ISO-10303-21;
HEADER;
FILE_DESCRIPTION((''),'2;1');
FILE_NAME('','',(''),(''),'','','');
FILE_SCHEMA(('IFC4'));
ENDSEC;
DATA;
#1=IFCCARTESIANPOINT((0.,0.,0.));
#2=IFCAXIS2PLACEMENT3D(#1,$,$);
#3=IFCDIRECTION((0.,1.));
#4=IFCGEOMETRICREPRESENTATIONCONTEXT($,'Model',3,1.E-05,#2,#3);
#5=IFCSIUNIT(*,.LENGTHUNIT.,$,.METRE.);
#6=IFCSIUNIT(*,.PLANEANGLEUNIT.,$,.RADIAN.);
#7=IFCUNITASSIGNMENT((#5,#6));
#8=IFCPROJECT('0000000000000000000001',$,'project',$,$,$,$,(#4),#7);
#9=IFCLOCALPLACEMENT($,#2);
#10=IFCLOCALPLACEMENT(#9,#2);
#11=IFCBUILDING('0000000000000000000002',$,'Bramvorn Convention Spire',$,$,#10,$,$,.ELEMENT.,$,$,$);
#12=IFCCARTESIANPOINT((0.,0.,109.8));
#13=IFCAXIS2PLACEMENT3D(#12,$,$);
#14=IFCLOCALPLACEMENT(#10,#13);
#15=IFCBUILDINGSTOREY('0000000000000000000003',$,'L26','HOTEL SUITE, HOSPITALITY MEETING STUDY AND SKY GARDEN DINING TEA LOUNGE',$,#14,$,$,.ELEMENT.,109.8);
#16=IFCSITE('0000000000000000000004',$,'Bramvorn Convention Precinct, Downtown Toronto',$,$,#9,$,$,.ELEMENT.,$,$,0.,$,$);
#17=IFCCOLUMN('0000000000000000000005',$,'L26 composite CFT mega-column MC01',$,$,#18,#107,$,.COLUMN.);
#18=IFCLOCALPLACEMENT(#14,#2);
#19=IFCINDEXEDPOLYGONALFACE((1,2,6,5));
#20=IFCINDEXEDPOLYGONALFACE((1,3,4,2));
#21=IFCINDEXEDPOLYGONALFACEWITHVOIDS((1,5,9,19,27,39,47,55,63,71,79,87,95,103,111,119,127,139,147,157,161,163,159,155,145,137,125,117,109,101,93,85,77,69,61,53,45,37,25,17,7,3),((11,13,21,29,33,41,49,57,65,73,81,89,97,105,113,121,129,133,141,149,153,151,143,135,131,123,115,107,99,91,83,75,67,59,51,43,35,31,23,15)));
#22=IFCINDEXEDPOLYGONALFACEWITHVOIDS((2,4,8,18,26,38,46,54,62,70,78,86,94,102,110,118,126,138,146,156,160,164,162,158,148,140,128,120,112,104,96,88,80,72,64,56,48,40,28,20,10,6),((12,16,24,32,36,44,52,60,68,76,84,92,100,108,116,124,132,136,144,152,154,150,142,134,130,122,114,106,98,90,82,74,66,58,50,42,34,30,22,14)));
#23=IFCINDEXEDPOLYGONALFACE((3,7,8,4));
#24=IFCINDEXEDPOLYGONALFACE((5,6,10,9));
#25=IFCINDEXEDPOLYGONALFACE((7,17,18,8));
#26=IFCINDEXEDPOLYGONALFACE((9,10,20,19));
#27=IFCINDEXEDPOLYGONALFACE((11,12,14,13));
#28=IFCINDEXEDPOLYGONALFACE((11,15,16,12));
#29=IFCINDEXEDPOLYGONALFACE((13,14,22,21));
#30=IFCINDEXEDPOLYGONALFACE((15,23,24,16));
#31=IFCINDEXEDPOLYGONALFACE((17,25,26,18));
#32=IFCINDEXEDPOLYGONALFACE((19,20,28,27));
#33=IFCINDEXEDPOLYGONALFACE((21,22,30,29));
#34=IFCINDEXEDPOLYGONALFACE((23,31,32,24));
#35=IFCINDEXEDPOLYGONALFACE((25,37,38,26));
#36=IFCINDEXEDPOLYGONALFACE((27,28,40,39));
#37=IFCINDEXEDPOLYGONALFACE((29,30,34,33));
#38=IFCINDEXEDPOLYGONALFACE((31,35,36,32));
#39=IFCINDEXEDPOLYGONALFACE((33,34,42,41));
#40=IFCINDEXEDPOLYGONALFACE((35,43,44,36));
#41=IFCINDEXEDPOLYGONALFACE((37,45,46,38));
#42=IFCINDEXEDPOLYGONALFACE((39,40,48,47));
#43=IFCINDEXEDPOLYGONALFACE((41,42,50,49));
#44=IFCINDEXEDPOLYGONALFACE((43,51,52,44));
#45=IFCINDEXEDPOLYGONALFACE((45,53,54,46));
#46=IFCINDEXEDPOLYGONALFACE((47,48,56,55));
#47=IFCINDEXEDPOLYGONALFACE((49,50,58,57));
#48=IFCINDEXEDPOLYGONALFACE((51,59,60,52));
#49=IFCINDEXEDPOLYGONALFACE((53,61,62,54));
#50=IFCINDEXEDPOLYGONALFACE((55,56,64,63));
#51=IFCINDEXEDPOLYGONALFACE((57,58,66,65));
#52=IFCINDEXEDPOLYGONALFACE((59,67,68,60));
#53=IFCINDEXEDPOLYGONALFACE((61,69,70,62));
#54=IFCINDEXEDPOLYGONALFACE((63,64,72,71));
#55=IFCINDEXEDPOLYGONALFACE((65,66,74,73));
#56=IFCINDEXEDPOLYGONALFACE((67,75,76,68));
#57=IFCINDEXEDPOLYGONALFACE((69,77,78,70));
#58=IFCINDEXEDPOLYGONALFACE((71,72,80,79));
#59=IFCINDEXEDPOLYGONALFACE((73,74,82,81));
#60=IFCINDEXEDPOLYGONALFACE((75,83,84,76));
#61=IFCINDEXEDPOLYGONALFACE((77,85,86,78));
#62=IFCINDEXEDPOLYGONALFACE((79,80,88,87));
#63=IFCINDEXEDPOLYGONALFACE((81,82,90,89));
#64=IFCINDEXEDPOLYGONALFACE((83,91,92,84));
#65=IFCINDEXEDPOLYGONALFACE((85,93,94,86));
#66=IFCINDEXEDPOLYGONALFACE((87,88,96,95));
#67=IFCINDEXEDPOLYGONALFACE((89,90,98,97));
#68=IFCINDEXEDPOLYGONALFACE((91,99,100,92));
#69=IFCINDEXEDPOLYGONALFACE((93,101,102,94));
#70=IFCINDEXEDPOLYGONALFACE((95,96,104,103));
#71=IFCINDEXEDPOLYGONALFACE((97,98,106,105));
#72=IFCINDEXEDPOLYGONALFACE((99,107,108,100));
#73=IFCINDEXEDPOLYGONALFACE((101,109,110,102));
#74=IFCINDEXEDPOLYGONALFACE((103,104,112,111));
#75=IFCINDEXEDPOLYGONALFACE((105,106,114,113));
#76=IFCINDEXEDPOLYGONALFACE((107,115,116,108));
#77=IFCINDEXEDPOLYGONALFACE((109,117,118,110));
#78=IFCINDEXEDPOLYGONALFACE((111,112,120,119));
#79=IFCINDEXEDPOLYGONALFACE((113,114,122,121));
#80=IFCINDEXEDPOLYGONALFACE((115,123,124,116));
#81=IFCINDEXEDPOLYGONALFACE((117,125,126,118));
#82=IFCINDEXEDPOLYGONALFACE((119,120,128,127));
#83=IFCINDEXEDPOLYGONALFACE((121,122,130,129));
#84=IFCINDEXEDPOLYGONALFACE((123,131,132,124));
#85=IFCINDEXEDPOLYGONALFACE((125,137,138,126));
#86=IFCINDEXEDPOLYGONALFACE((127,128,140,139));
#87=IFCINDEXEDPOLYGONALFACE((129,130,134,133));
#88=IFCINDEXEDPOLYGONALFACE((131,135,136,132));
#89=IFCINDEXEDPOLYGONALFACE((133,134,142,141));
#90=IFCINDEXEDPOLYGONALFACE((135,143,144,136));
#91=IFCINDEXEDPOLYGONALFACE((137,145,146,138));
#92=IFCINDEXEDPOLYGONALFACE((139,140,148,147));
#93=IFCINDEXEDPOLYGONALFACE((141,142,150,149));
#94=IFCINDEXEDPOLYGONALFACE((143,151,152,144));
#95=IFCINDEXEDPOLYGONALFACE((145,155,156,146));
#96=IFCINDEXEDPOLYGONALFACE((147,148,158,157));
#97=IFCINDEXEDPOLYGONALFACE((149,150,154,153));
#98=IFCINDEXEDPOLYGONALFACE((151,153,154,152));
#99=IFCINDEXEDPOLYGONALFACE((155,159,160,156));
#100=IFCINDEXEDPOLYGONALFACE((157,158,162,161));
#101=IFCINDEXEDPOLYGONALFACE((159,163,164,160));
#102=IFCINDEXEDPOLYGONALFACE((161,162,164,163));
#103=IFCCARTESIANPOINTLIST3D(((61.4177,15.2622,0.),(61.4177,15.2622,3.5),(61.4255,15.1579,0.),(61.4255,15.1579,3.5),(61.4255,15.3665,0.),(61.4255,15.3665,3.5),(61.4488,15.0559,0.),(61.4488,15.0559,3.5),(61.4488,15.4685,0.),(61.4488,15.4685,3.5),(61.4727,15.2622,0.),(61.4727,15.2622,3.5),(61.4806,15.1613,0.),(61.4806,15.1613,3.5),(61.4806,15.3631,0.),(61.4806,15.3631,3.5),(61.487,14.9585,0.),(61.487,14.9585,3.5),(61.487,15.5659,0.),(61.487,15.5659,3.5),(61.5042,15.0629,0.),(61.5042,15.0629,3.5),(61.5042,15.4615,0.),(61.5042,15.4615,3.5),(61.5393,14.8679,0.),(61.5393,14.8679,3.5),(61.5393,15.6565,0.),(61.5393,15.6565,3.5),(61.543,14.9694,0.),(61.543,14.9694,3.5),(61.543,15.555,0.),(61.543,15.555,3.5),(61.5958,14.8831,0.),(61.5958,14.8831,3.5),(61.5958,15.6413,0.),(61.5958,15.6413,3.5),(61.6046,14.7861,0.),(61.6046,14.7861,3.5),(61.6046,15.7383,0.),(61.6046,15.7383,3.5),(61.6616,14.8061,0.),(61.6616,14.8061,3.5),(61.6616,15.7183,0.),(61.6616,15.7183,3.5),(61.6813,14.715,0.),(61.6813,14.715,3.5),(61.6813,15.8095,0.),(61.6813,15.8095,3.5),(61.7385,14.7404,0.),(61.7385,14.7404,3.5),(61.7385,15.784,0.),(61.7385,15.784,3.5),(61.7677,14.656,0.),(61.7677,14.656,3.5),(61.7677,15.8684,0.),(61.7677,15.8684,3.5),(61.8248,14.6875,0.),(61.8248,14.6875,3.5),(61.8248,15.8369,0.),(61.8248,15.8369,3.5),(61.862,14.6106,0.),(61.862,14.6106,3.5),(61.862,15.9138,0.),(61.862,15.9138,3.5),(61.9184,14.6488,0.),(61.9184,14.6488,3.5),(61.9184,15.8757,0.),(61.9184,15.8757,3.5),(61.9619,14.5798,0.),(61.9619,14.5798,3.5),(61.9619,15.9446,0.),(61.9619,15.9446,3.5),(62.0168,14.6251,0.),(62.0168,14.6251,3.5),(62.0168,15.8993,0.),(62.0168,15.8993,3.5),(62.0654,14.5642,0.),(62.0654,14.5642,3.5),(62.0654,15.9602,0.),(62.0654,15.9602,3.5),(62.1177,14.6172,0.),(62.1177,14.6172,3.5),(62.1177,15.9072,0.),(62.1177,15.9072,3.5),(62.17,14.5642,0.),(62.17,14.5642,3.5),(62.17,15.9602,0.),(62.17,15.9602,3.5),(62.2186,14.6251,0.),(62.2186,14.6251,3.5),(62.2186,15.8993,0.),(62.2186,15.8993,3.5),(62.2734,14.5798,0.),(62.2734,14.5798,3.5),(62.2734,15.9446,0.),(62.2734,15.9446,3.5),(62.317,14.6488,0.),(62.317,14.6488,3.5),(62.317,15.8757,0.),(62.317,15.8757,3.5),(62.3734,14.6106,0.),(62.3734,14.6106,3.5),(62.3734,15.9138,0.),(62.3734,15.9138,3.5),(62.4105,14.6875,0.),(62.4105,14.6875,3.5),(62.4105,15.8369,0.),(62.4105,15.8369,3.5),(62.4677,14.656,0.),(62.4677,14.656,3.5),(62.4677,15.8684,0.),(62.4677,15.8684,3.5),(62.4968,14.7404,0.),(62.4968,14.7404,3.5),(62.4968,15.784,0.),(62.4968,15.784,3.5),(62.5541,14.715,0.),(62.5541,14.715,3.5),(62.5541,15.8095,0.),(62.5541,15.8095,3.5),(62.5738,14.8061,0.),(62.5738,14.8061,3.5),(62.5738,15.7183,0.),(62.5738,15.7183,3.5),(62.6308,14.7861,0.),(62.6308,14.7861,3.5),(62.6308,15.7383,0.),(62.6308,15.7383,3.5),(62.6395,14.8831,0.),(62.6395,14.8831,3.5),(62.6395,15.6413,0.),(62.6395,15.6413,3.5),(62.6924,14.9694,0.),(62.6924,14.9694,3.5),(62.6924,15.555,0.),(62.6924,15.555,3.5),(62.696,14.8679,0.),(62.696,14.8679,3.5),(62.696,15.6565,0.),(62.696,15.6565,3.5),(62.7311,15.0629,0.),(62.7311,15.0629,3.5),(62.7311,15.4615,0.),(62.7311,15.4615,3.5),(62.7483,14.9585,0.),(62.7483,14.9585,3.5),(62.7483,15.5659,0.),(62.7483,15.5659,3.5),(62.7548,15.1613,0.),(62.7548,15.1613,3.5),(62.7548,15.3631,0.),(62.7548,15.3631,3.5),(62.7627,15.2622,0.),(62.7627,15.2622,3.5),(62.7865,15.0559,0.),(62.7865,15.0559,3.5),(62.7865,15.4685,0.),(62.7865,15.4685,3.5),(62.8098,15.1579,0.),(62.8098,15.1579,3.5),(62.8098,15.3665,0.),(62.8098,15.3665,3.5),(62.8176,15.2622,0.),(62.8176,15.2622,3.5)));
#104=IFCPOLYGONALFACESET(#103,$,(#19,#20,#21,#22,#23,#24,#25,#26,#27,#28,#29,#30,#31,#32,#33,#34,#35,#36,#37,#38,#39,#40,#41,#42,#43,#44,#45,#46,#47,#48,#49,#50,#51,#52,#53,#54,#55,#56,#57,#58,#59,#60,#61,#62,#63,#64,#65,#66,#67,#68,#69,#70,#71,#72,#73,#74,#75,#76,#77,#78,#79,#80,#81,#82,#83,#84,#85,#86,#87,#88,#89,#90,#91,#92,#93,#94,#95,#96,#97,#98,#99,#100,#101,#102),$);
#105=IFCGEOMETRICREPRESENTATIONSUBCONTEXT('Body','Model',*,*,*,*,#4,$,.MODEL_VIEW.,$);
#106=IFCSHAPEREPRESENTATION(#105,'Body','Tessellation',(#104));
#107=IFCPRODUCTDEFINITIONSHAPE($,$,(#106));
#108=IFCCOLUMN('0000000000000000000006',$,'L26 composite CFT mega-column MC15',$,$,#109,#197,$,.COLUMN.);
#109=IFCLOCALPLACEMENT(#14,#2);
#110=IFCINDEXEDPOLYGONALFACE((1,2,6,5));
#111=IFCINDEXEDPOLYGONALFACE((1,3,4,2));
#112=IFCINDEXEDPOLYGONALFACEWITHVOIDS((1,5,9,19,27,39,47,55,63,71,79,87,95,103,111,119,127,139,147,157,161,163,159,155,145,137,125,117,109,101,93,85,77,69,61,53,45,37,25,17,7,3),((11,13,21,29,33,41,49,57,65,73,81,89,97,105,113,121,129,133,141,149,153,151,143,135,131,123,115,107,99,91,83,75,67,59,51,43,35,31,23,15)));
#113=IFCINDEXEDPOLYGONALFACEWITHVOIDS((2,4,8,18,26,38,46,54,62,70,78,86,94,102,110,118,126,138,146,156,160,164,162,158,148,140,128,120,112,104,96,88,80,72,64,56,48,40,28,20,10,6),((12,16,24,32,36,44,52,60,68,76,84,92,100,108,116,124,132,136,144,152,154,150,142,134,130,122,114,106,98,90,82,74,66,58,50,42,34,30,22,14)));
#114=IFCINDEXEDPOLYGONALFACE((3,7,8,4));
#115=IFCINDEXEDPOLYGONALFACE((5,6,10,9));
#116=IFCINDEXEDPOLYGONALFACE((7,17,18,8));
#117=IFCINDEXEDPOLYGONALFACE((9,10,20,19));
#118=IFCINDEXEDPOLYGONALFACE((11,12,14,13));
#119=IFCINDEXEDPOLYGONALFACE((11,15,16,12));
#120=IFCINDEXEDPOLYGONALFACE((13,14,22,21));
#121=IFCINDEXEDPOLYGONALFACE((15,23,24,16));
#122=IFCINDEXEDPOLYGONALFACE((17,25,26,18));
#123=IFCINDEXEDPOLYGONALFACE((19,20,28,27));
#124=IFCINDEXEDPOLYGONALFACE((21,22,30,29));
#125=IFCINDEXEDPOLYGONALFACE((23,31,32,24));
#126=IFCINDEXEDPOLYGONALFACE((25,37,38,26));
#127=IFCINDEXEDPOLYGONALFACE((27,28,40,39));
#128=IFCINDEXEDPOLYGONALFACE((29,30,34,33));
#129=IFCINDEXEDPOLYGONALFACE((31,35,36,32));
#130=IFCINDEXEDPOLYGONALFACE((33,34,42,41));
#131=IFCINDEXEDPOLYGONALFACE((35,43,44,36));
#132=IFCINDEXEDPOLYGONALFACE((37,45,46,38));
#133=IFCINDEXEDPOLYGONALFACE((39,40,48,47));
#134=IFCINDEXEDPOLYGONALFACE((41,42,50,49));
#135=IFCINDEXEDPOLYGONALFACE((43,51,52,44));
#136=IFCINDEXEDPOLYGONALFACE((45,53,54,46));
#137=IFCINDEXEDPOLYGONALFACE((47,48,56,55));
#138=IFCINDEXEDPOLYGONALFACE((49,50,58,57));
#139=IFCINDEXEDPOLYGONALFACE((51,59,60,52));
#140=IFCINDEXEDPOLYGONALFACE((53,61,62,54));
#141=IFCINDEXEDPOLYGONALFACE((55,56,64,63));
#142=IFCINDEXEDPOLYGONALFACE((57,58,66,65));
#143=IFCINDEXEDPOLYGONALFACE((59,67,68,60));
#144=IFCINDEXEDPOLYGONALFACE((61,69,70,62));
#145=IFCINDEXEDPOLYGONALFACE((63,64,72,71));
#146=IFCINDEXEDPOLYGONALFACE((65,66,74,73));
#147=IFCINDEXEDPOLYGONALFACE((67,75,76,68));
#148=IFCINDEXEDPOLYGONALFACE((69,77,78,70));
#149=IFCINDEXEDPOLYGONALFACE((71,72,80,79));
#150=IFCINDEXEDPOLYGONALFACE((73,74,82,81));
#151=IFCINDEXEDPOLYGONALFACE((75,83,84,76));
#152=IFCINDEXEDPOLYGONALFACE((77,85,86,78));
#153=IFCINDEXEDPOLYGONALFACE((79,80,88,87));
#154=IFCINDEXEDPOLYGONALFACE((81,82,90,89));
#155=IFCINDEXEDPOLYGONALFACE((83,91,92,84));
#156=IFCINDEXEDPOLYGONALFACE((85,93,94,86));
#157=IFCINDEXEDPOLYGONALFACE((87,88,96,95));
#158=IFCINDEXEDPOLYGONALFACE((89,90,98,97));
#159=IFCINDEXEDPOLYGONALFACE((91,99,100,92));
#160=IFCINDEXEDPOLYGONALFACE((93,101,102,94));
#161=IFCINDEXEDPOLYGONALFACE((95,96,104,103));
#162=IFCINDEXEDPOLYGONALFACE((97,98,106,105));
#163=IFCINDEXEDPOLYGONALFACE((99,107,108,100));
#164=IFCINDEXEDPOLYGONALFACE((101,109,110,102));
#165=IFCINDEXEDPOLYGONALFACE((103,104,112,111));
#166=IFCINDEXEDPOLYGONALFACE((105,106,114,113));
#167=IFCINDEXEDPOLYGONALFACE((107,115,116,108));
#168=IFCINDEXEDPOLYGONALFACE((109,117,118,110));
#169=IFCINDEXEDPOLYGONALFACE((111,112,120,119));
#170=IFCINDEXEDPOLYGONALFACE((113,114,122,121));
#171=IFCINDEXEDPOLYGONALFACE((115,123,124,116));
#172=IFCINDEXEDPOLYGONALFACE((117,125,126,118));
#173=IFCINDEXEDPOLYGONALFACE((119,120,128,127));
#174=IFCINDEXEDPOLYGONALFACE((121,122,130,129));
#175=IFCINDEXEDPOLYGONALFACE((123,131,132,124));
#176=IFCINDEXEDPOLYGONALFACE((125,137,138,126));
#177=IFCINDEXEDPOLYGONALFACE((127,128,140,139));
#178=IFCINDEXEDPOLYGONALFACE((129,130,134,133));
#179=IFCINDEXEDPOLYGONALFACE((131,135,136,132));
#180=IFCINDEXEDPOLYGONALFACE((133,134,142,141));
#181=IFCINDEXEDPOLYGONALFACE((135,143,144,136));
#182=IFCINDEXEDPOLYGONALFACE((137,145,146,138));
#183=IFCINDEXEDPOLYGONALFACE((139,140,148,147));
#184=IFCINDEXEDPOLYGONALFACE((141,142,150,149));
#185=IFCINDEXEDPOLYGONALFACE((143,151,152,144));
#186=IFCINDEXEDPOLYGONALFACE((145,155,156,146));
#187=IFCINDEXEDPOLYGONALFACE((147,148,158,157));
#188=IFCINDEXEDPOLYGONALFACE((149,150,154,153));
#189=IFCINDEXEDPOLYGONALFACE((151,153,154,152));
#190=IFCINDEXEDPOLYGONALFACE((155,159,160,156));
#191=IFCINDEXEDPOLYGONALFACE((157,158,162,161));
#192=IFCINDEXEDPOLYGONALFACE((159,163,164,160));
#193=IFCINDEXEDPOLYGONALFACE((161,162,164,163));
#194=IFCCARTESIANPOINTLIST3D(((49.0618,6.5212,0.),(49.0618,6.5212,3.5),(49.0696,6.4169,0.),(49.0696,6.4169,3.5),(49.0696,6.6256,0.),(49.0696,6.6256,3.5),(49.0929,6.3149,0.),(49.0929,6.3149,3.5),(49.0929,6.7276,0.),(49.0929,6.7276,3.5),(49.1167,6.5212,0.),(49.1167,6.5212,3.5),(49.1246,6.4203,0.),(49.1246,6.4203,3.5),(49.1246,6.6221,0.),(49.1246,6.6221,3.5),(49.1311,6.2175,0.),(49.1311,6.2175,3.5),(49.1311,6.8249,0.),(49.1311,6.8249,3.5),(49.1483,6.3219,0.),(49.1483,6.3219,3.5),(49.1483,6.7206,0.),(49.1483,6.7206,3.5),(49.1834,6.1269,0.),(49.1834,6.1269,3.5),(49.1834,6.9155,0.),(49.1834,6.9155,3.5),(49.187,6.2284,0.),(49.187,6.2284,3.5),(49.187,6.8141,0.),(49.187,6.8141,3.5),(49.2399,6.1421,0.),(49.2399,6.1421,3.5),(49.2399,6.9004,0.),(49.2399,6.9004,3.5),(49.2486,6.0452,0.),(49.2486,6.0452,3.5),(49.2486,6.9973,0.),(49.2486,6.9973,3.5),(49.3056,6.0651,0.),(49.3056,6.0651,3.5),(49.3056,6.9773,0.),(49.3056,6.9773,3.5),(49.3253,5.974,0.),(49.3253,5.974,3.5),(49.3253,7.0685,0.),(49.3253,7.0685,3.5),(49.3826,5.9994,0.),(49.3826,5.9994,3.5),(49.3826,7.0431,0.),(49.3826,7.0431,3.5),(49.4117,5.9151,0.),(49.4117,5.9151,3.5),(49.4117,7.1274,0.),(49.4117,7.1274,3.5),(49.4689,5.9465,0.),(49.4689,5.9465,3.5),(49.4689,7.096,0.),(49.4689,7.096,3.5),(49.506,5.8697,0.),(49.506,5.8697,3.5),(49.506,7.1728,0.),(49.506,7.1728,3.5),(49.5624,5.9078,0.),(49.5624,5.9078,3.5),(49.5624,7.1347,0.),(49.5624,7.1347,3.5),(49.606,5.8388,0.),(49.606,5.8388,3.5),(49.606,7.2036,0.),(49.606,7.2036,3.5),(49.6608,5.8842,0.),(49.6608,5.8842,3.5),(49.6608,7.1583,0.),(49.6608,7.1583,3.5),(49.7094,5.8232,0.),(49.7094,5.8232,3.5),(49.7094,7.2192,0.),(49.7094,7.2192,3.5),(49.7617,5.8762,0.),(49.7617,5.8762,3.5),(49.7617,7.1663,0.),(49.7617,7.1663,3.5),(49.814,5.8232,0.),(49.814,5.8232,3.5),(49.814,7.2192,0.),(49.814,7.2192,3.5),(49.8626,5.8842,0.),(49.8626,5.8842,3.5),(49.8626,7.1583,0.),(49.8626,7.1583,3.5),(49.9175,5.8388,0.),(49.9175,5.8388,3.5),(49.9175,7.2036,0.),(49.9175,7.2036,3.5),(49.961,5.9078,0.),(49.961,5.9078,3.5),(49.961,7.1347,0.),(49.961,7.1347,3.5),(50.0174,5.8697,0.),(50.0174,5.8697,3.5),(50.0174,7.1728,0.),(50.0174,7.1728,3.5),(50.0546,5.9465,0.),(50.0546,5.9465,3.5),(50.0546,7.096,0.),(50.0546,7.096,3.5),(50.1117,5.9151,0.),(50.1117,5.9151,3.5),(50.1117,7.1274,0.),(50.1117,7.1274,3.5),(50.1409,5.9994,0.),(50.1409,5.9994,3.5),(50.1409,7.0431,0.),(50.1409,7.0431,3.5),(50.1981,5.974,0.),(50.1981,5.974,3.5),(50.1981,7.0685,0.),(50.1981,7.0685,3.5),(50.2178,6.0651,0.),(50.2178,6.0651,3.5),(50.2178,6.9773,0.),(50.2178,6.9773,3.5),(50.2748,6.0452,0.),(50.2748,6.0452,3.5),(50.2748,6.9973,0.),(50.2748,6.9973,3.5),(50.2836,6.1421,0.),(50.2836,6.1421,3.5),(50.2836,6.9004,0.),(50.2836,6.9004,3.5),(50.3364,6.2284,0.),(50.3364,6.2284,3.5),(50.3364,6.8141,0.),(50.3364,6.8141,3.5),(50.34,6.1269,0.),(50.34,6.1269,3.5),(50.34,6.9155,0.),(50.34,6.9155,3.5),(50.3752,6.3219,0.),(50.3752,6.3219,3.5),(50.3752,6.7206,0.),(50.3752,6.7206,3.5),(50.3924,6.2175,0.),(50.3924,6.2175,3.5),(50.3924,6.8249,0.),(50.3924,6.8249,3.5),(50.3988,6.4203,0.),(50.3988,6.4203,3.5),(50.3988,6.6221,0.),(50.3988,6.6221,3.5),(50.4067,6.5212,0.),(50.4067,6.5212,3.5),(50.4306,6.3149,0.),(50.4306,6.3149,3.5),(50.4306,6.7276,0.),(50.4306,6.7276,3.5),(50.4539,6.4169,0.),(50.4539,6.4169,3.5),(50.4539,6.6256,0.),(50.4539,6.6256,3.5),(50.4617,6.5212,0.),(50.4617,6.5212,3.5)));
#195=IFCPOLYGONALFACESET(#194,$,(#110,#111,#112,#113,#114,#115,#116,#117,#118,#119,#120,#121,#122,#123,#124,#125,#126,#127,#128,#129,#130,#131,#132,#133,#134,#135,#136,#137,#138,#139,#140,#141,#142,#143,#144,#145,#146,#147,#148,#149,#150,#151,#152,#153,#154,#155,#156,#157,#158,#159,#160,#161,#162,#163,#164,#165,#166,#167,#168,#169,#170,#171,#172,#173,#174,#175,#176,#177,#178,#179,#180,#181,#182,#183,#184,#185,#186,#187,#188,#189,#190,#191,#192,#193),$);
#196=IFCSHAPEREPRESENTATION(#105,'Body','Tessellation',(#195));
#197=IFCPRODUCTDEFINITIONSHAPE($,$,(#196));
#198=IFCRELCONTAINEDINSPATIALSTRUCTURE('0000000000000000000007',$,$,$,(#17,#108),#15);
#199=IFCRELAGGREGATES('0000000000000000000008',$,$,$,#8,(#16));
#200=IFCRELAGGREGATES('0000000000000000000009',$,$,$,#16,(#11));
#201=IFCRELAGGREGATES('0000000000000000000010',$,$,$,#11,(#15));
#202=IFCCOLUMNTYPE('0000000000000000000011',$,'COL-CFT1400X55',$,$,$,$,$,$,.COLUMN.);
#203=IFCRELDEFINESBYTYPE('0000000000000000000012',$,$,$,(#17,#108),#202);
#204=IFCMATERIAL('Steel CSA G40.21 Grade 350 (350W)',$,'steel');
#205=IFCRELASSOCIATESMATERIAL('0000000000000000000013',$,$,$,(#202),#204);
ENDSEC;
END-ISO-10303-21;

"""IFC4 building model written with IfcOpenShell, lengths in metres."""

from ifc_helpers import new_model, si_unit, direction, frame, origin, origin_2d, place, context, subcontext, project, spatial, hollow_circle, extrude, material, material_profile, profile_set, type_object, element, save


model = new_model("IFC4")

# Units and contexts
model_context = context("Model", 3, precision=1e-05, world=origin(), true_north=direction((0.0, 1.0)))
body_context = subcontext(model_context, "Body", "Model", "MODEL_VIEW")
ifc_project = project(units=[si_unit("LENGTHUNIT", "METRE"), si_unit("PLANEANGLEUNIT", "RADIAN")], contexts=[model_context])

# Site, building, storey
site_placement = place(None, origin())
site = spatial("IfcSite", under=ifc_project, at=site_placement, Name="Bramvorn Convention Precinct, Downtown Toronto", CompositionType="ELEMENT", RefElevation=0.0)
building_placement = place(site_placement, origin())
building = spatial("IfcBuilding", under=site, at=building_placement, Name="Bramvorn Convention Spire", CompositionType="ELEMENT")
storey_placement = place(building_placement, frame((0.0, 0.0, 109.8)))
storey = spatial("IfcBuildingStorey", under=building, at=storey_placement, Name="L26", Description="HOTEL SUITE, HOSPITALITY MEETING STUDY AND SKY GARDEN DINING TEA LOUNGE", CompositionType="ELEMENT", Elevation=109.8)

# Columns
ifc_material_1 = material(Name="Steel CSA G40.21 Grade 350 (350W)", Category="steel")
ifc_material_profile_1 = material_profile(ifc_material_1, hollow_circle(Radius=0.7, WallThickness=0.0549, at=origin_2d()))
ifc_profile_set_1 = profile_set([ifc_material_profile_1], Name="Steel CSA G40.21 Grade 350 (350W) - CFT1400X55")
column_type = type_object("IfcColumnType", Name="COL-CFT1400X55", PredefinedType="COLUMN", material=ifc_profile_set_1)
for number, where, z_axis, x_axis, name in (
    (1, (62.1177, 15.2622, 0.0), (0.0, 0.0, 1.0), (1.0, 0.0, 0.0), "L26 composite CFT mega-column MC01"),
    (2, (49.7617, 6.5212, 0.0), (0.0, 0.0, 1.0), (1.0, 0.0, 0.0), "L26 composite CFT mega-column MC15"),
):
    element("IfcColumn", number, at=place(storey_placement, frame(where, z_axis=z_axis, x_axis=x_axis)), inside=storey, type_object=column_type, Name=name, PredefinedType="COLUMN", context=body_context, shape_type="SweptSolid", body=[
        extrude(hollow_circle(Radius=0.7, WallThickness=0.0549, at=origin_2d()), origin(), (0.0, 0.0, 1.0), 3.5),
    ])

save(model, "model.ifc")
